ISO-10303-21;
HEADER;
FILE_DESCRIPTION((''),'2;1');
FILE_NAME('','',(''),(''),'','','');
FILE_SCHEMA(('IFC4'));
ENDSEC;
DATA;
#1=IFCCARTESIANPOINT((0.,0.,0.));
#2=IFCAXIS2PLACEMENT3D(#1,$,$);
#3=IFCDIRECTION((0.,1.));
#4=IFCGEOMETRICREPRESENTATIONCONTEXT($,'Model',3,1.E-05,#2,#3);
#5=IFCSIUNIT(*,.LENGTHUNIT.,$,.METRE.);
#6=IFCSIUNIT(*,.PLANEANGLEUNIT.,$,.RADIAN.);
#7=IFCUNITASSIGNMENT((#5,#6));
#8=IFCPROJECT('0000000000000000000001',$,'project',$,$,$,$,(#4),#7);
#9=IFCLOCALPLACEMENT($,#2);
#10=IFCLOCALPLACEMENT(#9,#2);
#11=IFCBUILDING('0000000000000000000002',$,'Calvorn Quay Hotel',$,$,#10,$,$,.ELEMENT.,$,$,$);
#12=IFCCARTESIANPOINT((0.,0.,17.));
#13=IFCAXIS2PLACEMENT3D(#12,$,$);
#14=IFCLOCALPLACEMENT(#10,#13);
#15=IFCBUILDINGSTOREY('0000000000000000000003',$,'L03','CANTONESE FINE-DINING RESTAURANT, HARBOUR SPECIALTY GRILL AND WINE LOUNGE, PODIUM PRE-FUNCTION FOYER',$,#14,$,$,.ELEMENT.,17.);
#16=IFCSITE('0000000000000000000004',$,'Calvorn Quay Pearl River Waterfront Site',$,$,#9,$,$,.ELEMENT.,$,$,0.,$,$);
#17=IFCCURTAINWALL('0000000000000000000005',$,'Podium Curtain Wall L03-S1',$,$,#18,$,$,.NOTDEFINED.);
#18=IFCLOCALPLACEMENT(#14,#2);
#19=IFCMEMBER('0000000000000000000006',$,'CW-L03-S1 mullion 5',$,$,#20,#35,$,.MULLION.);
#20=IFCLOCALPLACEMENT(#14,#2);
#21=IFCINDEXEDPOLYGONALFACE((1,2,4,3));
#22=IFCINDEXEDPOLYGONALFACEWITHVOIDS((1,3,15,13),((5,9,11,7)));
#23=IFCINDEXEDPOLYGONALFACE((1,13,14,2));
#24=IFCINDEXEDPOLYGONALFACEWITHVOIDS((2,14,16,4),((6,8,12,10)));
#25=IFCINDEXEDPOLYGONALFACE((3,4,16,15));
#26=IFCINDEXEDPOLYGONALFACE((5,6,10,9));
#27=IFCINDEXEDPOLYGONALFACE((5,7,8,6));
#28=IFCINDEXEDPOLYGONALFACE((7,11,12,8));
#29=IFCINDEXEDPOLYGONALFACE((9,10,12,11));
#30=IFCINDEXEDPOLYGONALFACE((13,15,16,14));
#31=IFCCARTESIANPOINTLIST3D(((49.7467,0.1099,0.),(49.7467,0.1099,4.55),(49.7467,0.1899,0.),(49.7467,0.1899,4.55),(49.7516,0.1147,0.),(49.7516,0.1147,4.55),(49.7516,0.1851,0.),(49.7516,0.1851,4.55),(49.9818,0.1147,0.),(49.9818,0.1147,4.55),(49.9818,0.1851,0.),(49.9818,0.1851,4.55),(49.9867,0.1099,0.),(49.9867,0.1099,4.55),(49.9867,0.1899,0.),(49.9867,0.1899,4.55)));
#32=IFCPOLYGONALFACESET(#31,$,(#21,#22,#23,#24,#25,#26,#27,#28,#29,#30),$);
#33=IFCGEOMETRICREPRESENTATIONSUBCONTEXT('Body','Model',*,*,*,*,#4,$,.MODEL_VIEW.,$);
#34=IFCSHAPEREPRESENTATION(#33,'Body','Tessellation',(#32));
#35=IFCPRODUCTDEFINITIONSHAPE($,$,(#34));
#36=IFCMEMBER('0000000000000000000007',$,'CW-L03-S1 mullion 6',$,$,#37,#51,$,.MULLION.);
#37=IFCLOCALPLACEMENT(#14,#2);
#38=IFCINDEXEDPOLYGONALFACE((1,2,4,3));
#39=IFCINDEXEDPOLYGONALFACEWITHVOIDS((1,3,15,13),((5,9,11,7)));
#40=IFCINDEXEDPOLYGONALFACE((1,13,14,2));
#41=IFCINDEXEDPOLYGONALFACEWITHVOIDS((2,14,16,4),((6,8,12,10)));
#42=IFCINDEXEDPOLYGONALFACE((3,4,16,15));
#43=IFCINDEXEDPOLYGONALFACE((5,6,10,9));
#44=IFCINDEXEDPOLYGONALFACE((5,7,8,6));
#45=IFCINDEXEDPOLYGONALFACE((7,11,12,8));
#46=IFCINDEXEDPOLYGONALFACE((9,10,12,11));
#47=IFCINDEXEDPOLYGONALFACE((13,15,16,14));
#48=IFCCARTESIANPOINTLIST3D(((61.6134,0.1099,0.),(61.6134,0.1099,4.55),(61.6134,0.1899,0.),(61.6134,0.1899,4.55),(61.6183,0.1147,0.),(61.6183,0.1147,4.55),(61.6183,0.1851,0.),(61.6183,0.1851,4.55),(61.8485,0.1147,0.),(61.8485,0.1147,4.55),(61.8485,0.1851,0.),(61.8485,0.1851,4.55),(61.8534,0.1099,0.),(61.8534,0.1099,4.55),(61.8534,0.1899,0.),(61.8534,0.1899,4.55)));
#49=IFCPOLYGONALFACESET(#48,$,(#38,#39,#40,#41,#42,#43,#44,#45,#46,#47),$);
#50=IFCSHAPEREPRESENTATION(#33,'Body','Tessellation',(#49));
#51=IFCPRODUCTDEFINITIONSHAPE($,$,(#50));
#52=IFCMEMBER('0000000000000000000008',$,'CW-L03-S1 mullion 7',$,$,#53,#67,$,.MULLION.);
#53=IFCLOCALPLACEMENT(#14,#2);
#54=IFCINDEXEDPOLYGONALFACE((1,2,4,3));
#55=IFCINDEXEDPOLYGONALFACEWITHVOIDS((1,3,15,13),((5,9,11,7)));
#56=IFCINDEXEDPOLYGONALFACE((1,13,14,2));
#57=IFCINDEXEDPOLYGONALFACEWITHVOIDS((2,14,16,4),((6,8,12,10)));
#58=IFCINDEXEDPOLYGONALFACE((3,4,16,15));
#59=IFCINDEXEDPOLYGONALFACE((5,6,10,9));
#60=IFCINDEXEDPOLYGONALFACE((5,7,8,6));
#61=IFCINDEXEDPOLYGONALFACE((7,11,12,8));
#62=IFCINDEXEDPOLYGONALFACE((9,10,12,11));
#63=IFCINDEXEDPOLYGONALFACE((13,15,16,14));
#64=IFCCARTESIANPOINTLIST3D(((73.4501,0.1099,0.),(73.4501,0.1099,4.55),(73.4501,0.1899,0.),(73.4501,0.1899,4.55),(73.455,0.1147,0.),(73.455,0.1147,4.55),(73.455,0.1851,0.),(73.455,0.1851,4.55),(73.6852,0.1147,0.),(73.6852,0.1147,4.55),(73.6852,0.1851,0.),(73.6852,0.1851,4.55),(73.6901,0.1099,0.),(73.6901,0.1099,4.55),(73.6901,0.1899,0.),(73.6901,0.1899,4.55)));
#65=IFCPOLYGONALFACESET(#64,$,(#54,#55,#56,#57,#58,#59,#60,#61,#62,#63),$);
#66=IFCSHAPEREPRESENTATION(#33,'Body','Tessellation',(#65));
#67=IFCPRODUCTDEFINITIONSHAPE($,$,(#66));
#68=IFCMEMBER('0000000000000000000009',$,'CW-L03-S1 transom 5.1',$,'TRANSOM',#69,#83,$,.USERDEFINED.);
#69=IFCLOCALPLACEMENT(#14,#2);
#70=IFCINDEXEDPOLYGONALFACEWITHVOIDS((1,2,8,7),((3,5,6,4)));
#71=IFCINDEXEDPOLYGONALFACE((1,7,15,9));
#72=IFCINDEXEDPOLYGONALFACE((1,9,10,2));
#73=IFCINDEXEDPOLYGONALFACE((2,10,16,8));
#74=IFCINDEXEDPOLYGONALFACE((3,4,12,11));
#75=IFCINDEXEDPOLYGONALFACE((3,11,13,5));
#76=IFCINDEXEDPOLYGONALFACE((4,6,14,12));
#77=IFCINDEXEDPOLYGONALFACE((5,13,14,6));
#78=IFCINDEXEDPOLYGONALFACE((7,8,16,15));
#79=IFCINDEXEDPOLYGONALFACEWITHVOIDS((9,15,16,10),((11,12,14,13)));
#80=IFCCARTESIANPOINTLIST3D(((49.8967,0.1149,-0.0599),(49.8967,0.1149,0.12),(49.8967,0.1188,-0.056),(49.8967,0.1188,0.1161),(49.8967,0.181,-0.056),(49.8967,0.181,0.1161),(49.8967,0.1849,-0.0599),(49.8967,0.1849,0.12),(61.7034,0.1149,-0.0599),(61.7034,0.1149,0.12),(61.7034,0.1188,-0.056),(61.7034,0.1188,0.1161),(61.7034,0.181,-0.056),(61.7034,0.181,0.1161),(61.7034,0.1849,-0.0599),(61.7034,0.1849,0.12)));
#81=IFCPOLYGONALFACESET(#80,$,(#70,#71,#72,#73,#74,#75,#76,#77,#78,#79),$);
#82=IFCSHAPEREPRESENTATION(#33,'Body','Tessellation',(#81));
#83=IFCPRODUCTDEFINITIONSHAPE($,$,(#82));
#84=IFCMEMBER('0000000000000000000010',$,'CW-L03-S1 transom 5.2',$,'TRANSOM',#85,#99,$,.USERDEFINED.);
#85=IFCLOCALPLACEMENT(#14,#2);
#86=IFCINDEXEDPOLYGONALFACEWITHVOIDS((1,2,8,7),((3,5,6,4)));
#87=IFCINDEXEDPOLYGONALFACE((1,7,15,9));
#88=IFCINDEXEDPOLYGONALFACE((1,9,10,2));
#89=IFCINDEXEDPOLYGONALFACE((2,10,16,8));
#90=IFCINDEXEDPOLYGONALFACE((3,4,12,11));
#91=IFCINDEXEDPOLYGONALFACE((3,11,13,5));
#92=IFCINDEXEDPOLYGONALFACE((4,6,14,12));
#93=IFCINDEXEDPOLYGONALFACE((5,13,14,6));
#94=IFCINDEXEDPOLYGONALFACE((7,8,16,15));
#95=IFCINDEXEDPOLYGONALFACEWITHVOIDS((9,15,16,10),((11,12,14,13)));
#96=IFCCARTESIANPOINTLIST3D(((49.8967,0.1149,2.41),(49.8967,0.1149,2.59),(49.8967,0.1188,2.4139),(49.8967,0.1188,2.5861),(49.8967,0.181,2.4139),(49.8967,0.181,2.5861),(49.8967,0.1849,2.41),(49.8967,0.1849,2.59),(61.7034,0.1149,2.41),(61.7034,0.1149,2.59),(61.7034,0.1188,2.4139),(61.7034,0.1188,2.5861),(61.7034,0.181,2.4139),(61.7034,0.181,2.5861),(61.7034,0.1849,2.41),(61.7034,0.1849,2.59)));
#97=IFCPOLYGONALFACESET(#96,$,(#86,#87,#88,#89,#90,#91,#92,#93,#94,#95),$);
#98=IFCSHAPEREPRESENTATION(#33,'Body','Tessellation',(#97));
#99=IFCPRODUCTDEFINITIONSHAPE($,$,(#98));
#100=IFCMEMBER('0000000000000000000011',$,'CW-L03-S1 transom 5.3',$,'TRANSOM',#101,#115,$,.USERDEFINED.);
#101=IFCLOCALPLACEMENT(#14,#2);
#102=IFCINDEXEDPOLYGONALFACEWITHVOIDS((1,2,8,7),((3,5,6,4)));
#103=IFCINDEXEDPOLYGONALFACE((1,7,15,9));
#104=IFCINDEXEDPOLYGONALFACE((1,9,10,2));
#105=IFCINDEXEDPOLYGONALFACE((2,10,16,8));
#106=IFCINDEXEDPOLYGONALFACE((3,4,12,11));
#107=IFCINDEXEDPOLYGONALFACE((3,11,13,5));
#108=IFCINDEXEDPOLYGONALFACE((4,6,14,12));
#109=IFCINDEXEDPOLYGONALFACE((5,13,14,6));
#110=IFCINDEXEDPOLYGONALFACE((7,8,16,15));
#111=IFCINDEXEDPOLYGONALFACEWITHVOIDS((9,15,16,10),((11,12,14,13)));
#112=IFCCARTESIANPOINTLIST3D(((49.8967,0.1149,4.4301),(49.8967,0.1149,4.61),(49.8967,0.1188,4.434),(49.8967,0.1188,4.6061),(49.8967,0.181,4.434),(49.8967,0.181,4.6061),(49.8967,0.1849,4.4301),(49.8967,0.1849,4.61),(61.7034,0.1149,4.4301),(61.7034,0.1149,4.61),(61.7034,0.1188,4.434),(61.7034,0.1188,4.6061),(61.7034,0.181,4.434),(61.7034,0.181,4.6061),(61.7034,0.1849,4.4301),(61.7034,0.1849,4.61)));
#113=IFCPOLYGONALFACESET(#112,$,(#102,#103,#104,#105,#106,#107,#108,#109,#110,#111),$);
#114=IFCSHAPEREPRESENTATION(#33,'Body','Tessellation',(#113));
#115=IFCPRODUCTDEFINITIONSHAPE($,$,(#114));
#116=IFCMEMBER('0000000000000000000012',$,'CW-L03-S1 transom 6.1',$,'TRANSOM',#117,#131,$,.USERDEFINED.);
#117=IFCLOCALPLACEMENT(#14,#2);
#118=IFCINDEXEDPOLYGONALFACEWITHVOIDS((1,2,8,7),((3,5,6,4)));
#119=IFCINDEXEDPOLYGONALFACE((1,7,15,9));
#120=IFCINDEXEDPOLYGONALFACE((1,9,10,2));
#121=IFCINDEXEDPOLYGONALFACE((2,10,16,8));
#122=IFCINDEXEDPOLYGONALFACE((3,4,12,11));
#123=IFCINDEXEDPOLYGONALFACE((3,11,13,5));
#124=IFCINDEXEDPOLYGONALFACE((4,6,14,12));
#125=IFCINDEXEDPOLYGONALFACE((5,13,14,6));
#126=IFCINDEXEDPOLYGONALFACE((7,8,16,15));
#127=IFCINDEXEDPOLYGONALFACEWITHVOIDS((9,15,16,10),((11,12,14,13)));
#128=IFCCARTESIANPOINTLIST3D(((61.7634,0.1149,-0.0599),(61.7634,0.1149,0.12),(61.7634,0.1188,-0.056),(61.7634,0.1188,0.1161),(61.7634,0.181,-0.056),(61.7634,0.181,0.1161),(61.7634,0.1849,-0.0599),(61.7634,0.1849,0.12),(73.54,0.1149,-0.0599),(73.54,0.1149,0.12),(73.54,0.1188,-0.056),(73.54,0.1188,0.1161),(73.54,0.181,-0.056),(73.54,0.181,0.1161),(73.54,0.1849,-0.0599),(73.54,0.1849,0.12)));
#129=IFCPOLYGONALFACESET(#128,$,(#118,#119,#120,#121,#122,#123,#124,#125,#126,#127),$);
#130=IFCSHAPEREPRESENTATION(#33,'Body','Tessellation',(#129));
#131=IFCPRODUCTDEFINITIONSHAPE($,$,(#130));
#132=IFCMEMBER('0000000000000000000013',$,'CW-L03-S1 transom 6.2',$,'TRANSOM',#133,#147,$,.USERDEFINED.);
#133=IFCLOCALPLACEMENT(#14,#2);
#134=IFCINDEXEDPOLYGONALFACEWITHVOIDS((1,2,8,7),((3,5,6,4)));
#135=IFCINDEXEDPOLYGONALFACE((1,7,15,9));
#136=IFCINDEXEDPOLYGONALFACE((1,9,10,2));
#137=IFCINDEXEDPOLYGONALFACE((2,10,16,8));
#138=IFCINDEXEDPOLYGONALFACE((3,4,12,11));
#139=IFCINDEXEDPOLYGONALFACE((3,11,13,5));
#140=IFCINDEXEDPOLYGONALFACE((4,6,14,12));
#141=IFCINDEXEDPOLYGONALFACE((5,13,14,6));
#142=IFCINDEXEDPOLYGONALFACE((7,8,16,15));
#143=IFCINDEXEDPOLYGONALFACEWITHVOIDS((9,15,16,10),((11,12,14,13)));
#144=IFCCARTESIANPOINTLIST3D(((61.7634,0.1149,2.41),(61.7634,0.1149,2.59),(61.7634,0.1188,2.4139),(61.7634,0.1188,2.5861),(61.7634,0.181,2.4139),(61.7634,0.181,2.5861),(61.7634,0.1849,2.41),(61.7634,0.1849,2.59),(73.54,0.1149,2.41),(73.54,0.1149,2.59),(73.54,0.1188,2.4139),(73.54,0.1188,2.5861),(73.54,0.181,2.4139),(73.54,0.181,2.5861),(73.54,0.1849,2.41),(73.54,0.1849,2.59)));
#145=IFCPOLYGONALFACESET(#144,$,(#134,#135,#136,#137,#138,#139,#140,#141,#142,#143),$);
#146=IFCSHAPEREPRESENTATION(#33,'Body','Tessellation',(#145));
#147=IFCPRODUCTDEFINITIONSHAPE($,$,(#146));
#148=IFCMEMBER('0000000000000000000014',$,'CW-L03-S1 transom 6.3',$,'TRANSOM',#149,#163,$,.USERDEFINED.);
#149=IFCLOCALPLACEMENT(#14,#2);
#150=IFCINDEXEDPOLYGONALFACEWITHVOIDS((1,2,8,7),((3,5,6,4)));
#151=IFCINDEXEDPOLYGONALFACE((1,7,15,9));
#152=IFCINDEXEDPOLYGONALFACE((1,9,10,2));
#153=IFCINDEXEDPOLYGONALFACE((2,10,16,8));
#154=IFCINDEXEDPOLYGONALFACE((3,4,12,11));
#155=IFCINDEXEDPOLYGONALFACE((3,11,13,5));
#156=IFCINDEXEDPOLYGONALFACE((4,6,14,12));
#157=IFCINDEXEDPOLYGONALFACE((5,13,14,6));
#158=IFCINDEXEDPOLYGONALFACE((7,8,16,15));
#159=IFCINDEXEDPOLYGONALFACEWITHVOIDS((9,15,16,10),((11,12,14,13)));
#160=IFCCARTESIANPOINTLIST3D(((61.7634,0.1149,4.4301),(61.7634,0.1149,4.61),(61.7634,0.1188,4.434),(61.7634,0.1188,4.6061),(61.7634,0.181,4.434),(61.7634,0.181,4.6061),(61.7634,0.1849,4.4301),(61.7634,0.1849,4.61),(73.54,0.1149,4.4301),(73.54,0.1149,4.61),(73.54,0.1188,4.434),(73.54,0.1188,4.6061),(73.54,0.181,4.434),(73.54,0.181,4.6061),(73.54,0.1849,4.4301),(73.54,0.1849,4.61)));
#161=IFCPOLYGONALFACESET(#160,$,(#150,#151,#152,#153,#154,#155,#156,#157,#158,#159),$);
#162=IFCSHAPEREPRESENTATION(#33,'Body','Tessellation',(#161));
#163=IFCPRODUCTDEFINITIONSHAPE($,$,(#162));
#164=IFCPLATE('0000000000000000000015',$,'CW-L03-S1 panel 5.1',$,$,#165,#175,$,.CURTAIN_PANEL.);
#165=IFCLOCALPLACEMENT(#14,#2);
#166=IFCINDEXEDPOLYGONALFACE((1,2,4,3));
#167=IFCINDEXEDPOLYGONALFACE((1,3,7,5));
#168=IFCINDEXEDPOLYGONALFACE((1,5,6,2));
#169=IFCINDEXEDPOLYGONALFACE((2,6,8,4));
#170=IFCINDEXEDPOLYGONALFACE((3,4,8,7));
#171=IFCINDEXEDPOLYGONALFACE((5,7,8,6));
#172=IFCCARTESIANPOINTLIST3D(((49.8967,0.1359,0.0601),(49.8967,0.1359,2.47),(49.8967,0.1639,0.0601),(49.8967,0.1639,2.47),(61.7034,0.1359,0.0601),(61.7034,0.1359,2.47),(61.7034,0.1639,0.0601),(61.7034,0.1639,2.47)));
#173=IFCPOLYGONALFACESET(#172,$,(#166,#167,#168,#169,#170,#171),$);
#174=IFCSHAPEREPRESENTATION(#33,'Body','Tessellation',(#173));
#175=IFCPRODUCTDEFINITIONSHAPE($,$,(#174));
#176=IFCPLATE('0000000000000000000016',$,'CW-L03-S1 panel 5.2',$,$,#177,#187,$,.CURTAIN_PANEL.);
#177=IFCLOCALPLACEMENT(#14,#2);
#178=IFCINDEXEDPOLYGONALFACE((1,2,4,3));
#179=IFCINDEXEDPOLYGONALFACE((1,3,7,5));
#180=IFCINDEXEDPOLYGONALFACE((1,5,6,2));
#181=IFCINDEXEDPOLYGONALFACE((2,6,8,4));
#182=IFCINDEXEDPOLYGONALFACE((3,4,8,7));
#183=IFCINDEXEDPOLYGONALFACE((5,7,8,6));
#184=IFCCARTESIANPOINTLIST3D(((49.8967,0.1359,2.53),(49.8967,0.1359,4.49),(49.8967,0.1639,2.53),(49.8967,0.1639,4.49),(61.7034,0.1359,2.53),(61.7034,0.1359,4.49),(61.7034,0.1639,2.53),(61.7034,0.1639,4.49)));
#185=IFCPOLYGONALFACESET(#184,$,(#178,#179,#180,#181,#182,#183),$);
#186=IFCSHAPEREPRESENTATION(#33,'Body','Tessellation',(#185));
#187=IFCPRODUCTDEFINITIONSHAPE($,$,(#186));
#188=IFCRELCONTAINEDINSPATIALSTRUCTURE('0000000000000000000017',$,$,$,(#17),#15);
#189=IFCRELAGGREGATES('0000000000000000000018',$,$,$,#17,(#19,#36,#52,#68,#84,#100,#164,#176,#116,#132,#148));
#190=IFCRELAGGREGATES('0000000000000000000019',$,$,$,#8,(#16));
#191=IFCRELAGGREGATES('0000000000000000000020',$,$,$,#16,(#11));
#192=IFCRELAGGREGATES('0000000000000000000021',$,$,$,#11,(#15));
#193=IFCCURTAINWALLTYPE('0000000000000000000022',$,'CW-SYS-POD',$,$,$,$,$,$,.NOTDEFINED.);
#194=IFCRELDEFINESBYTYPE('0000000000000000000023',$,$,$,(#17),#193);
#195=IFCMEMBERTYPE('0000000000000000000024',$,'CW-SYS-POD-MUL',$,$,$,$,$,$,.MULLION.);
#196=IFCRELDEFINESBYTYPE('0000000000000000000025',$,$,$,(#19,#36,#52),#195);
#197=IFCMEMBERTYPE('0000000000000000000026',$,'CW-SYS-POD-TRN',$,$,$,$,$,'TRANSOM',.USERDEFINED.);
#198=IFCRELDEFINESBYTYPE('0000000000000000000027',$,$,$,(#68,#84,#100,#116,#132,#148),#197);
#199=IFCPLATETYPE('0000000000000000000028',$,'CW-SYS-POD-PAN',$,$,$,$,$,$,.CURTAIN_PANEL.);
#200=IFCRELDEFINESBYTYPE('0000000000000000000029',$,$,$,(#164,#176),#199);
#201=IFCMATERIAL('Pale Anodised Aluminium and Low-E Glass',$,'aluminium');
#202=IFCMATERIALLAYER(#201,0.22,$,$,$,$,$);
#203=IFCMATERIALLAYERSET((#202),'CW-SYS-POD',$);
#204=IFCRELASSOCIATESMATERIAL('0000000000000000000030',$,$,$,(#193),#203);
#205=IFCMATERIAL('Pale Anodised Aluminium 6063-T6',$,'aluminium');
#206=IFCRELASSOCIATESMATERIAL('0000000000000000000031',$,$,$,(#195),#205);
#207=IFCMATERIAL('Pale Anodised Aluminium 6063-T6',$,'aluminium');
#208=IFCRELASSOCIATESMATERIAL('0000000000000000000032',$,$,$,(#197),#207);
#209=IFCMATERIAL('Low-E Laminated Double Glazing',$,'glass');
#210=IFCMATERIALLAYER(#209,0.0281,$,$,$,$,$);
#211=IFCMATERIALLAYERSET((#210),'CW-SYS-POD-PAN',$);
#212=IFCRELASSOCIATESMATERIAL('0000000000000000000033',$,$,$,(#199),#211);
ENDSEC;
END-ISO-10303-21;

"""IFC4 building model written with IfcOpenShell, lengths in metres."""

from ifc_helpers import new_model, si_unit, direction, frame, origin, origin_2d, place, context, subcontext, project, spatial, rectangle, hollow_rectangle, extrude, material, layer, layer_set, material_profile, profile_set, type_object, element, aggregate, save


model = new_model("IFC4")

# Units and contexts
model_context = context("Model", 3, precision=1e-05, world=origin(), true_north=direction((0.0, 1.0)))
body_context = subcontext(model_context, "Body", "Model", "MODEL_VIEW")
ifc_project = project(units=[si_unit("LENGTHUNIT", "METRE"), si_unit("PLANEANGLEUNIT", "RADIAN")], contexts=[model_context])

# Site, building, storey
site_placement = place(None, origin())
site = spatial("IfcSite", under=ifc_project, at=site_placement, Name="Calvorn Quay Pearl River Waterfront Site", CompositionType="ELEMENT", RefElevation=0.0)
building_placement = place(site_placement, origin())
building = spatial("IfcBuilding", under=site, at=building_placement, Name="Calvorn Quay Hotel", CompositionType="ELEMENT")
storey_placement = place(building_placement, frame((0.0, 0.0, 17.0)))
storey = spatial("IfcBuildingStorey", under=building, at=storey_placement, Name="L03", Description="CANTONESE FINE-DINING RESTAURANT, HARBOUR SPECIALTY GRILL AND WINE LOUNGE, PODIUM PRE-FUNCTION FOYER", CompositionType="ELEMENT", Elevation=17.0)

# Curtain wall, members, plates
ifc_material_1 = material(Name="Pale Anodised Aluminium and Low-E Glass", Category="aluminium")
ifc_layer_1 = layer(ifc_material_1, 0.22)
ifc_layer_set_1 = layer_set([ifc_layer_1], Name="CW-SYS-POD")
curtain_wall_type = type_object("IfcCurtainWallType", Name="CW-SYS-POD", PredefinedType="NOTDEFINED", material=ifc_layer_set_1)
curtain_wall_placement = place(storey_placement, origin())
curtain_wall = element("IfcCurtainWall", 1, at=curtain_wall_placement, inside=storey, type_object=curtain_wall_type, Name="Podium Curtain Wall L03-S1", PredefinedType="NOTDEFINED")
ifc_material_2 = material(Name="Pale Anodised Aluminium 6063-T6", Category="aluminium")
ifc_material_profile_1 = material_profile(ifc_material_2, hollow_rectangle(XDim=0.0801, YDim=0.24, WallThickness=0.0049, at=origin_2d()), Name="ALU-M240x80x5")
ifc_profile_set_1 = profile_set([ifc_material_profile_1], Name="Pale Anodised Aluminium 6063-T6")
member_type_1 = type_object("IfcMemberType", Name="CW-SYS-POD-MUL", PredefinedType="MULLION", material=ifc_profile_set_1)
member_1_placement = place(storey_placement, frame((49.8667, 0.1499, 0.0), z_axis=(0.0, 0.0, 1.0), x_axis=(0.0, 1.0, 0.0)))
member_1 = element("IfcMember", 2, at=member_1_placement, type_object=member_type_1, Name="CW-L03-S1 mullion 5", PredefinedType="MULLION", context=body_context, shape_type="SweptSolid", body=[
    extrude(hollow_rectangle(XDim=0.0801, YDim=0.24, WallThickness=0.0049, at=origin_2d()), origin(), (0.0, 0.0, 1.0), 4.55),
])
member_2_placement = place(storey_placement, frame((61.7334, 0.1499, 0.0), z_axis=(0.0, 0.0, 1.0), x_axis=(0.0, 1.0, 0.0)))
member_2 = element("IfcMember", 3, at=member_2_placement, type_object=member_type_1, Name="CW-L03-S1 mullion 6", PredefinedType="MULLION", context=body_context, shape_type="SweptSolid", body=[
    extrude(hollow_rectangle(XDim=0.0801, YDim=0.24, WallThickness=0.0049, at=origin_2d()), origin(), (0.0, 0.0, 1.0), 4.55),
])
member_3_placement = place(storey_placement, frame((73.5701, 0.1499, 0.0), z_axis=(0.0, 0.0, 1.0), x_axis=(0.0, 1.0, 0.0)))
member_3 = element("IfcMember", 4, at=member_3_placement, type_object=member_type_1, Name="CW-L03-S1 mullion 7", PredefinedType="MULLION", context=body_context, shape_type="SweptSolid", body=[
    extrude(hollow_rectangle(XDim=0.0801, YDim=0.24, WallThickness=0.0049, at=origin_2d()), origin(), (0.0, 0.0, 1.0), 4.55),
])
ifc_material_3 = material(Name="Pale Anodised Aluminium 6063-T6", Category="aluminium")
ifc_material_profile_2 = material_profile(ifc_material_3, hollow_rectangle(XDim=0.0701, YDim=0.1799, WallThickness=0.0039, at=origin_2d()), Name="ALU-T180x70x4")
ifc_profile_set_2 = profile_set([ifc_material_profile_2], Name="Pale Anodised Aluminium 6063-T6")
member_type_2 = type_object("IfcMemberType", Name="CW-SYS-POD-TRN", ElementType="TRANSOM", PredefinedType="USERDEFINED", material=ifc_profile_set_2)
member_4_placement = place(storey_placement, frame((49.8967, 0.1499, 0.03), z_axis=(1.0, 0.0, 0.0), x_axis=(0.0, 1.0, 0.0)))
member_4 = element("IfcMember", 5, at=member_4_placement, type_object=member_type_2, Name="CW-L03-S1 transom 5.1", ObjectType="TRANSOM", PredefinedType="USERDEFINED", context=body_context, shape_type="SweptSolid", body=[
    extrude(hollow_rectangle(XDim=0.0701, YDim=0.1799, WallThickness=0.0039, at=origin_2d()), origin(), (0.0, 0.0, 1.0), 11.8066),
])
member_5_placement = place(storey_placement, frame((49.8967, 0.1499, 2.5), z_axis=(1.0, 0.0, 0.0), x_axis=(0.0, 1.0, 0.0)))
member_5 = element("IfcMember", 6, at=member_5_placement, type_object=member_type_2, Name="CW-L03-S1 transom 5.2", ObjectType="TRANSOM", PredefinedType="USERDEFINED", context=body_context, shape_type="SweptSolid", body=[
    extrude(hollow_rectangle(XDim=0.0701, YDim=0.1799, WallThickness=0.0039, at=origin_2d()), origin(), (0.0, 0.0, 1.0), 11.8066),
])
member_6_placement = place(storey_placement, frame((49.8967, 0.1499, 4.52), z_axis=(1.0, 0.0, 0.0), x_axis=(0.0, 1.0, 0.0)))
member_6 = element("IfcMember", 7, at=member_6_placement, type_object=member_type_2, Name="CW-L03-S1 transom 5.3", ObjectType="TRANSOM", PredefinedType="USERDEFINED", context=body_context, shape_type="SweptSolid", body=[
    extrude(hollow_rectangle(XDim=0.0701, YDim=0.1799, WallThickness=0.0039, at=origin_2d()), origin(), (0.0, 0.0, 1.0), 11.8066),
])
member_7_placement = place(storey_placement, frame((61.7634, 0.1499, 0.03), z_axis=(1.0, 0.0, 0.0), x_axis=(0.0, 1.0, 0.0)))
member_7 = element("IfcMember", 8, at=member_7_placement, type_object=member_type_2, Name="CW-L03-S1 transom 6.1", ObjectType="TRANSOM", PredefinedType="USERDEFINED", context=body_context, shape_type="SweptSolid", body=[
    extrude(hollow_rectangle(XDim=0.0701, YDim=0.1799, WallThickness=0.0039, at=origin_2d()), origin(), (0.0, 0.0, 1.0), 11.7766),
])
member_8_placement = place(storey_placement, frame((61.7634, 0.1499, 2.5), z_axis=(1.0, 0.0, 0.0), x_axis=(0.0, 1.0, 0.0)))
member_8 = element("IfcMember", 9, at=member_8_placement, type_object=member_type_2, Name="CW-L03-S1 transom 6.2", ObjectType="TRANSOM", PredefinedType="USERDEFINED", context=body_context, shape_type="SweptSolid", body=[
    extrude(hollow_rectangle(XDim=0.0701, YDim=0.1799, WallThickness=0.0039, at=origin_2d()), origin(), (0.0, 0.0, 1.0), 11.7766),
])
member_9_placement = place(storey_placement, frame((61.7634, 0.1499, 4.52), z_axis=(1.0, 0.0, 0.0), x_axis=(0.0, 1.0, 0.0)))
member_9 = element("IfcMember", 10, at=member_9_placement, type_object=member_type_2, Name="CW-L03-S1 transom 6.3", ObjectType="TRANSOM", PredefinedType="USERDEFINED", context=body_context, shape_type="SweptSolid", body=[
    extrude(hollow_rectangle(XDim=0.0701, YDim=0.1799, WallThickness=0.0039, at=origin_2d()), origin(), (0.0, 0.0, 1.0), 11.7766),
])
ifc_material_4 = material(Name="Low-E Laminated Double Glazing", Category="glass")
ifc_layer_2 = layer(ifc_material_4, 0.0281)
ifc_layer_set_2 = layer_set([ifc_layer_2], Name="CW-SYS-POD-PAN")
plate_type = type_object("IfcPlateType", Name="CW-SYS-POD-PAN", PredefinedType="CURTAIN_PANEL", material=ifc_layer_set_2)
plate_1_placement = place(storey_placement, frame((55.8, 0.1499, 0.0601), z_axis=(0.0, 0.0, 1.0), x_axis=(1.0, 0.0, 0.0)))
plate_1 = element("IfcPlate", 11, at=plate_1_placement, type_object=plate_type, Name="CW-L03-S1 panel 5.1", PredefinedType="CURTAIN_PANEL", context=body_context, shape_type="SweptSolid", body=[
    extrude(rectangle(XDim=11.8066, YDim=0.0281, at=origin_2d()), origin(), (0.0, 0.0, 1.0), 2.4099),
])
plate_2_placement = place(storey_placement, frame((55.8, 0.1499, 2.53), z_axis=(0.0, 0.0, 1.0), x_axis=(1.0, 0.0, 0.0)))
plate_2 = element("IfcPlate", 12, at=plate_2_placement, type_object=plate_type, Name="CW-L03-S1 panel 5.2", PredefinedType="CURTAIN_PANEL", context=body_context, shape_type="SweptSolid", body=[
    extrude(rectangle(XDim=11.8066, YDim=0.0281, at=origin_2d()), origin(), (0.0, 0.0, 1.0), 1.96),
])
aggregate(curtain_wall, [member_1, member_2, member_3, member_4, member_5, member_6, plate_1, plate_2, member_7, member_8, member_9])

save(model, "model.ifc")
